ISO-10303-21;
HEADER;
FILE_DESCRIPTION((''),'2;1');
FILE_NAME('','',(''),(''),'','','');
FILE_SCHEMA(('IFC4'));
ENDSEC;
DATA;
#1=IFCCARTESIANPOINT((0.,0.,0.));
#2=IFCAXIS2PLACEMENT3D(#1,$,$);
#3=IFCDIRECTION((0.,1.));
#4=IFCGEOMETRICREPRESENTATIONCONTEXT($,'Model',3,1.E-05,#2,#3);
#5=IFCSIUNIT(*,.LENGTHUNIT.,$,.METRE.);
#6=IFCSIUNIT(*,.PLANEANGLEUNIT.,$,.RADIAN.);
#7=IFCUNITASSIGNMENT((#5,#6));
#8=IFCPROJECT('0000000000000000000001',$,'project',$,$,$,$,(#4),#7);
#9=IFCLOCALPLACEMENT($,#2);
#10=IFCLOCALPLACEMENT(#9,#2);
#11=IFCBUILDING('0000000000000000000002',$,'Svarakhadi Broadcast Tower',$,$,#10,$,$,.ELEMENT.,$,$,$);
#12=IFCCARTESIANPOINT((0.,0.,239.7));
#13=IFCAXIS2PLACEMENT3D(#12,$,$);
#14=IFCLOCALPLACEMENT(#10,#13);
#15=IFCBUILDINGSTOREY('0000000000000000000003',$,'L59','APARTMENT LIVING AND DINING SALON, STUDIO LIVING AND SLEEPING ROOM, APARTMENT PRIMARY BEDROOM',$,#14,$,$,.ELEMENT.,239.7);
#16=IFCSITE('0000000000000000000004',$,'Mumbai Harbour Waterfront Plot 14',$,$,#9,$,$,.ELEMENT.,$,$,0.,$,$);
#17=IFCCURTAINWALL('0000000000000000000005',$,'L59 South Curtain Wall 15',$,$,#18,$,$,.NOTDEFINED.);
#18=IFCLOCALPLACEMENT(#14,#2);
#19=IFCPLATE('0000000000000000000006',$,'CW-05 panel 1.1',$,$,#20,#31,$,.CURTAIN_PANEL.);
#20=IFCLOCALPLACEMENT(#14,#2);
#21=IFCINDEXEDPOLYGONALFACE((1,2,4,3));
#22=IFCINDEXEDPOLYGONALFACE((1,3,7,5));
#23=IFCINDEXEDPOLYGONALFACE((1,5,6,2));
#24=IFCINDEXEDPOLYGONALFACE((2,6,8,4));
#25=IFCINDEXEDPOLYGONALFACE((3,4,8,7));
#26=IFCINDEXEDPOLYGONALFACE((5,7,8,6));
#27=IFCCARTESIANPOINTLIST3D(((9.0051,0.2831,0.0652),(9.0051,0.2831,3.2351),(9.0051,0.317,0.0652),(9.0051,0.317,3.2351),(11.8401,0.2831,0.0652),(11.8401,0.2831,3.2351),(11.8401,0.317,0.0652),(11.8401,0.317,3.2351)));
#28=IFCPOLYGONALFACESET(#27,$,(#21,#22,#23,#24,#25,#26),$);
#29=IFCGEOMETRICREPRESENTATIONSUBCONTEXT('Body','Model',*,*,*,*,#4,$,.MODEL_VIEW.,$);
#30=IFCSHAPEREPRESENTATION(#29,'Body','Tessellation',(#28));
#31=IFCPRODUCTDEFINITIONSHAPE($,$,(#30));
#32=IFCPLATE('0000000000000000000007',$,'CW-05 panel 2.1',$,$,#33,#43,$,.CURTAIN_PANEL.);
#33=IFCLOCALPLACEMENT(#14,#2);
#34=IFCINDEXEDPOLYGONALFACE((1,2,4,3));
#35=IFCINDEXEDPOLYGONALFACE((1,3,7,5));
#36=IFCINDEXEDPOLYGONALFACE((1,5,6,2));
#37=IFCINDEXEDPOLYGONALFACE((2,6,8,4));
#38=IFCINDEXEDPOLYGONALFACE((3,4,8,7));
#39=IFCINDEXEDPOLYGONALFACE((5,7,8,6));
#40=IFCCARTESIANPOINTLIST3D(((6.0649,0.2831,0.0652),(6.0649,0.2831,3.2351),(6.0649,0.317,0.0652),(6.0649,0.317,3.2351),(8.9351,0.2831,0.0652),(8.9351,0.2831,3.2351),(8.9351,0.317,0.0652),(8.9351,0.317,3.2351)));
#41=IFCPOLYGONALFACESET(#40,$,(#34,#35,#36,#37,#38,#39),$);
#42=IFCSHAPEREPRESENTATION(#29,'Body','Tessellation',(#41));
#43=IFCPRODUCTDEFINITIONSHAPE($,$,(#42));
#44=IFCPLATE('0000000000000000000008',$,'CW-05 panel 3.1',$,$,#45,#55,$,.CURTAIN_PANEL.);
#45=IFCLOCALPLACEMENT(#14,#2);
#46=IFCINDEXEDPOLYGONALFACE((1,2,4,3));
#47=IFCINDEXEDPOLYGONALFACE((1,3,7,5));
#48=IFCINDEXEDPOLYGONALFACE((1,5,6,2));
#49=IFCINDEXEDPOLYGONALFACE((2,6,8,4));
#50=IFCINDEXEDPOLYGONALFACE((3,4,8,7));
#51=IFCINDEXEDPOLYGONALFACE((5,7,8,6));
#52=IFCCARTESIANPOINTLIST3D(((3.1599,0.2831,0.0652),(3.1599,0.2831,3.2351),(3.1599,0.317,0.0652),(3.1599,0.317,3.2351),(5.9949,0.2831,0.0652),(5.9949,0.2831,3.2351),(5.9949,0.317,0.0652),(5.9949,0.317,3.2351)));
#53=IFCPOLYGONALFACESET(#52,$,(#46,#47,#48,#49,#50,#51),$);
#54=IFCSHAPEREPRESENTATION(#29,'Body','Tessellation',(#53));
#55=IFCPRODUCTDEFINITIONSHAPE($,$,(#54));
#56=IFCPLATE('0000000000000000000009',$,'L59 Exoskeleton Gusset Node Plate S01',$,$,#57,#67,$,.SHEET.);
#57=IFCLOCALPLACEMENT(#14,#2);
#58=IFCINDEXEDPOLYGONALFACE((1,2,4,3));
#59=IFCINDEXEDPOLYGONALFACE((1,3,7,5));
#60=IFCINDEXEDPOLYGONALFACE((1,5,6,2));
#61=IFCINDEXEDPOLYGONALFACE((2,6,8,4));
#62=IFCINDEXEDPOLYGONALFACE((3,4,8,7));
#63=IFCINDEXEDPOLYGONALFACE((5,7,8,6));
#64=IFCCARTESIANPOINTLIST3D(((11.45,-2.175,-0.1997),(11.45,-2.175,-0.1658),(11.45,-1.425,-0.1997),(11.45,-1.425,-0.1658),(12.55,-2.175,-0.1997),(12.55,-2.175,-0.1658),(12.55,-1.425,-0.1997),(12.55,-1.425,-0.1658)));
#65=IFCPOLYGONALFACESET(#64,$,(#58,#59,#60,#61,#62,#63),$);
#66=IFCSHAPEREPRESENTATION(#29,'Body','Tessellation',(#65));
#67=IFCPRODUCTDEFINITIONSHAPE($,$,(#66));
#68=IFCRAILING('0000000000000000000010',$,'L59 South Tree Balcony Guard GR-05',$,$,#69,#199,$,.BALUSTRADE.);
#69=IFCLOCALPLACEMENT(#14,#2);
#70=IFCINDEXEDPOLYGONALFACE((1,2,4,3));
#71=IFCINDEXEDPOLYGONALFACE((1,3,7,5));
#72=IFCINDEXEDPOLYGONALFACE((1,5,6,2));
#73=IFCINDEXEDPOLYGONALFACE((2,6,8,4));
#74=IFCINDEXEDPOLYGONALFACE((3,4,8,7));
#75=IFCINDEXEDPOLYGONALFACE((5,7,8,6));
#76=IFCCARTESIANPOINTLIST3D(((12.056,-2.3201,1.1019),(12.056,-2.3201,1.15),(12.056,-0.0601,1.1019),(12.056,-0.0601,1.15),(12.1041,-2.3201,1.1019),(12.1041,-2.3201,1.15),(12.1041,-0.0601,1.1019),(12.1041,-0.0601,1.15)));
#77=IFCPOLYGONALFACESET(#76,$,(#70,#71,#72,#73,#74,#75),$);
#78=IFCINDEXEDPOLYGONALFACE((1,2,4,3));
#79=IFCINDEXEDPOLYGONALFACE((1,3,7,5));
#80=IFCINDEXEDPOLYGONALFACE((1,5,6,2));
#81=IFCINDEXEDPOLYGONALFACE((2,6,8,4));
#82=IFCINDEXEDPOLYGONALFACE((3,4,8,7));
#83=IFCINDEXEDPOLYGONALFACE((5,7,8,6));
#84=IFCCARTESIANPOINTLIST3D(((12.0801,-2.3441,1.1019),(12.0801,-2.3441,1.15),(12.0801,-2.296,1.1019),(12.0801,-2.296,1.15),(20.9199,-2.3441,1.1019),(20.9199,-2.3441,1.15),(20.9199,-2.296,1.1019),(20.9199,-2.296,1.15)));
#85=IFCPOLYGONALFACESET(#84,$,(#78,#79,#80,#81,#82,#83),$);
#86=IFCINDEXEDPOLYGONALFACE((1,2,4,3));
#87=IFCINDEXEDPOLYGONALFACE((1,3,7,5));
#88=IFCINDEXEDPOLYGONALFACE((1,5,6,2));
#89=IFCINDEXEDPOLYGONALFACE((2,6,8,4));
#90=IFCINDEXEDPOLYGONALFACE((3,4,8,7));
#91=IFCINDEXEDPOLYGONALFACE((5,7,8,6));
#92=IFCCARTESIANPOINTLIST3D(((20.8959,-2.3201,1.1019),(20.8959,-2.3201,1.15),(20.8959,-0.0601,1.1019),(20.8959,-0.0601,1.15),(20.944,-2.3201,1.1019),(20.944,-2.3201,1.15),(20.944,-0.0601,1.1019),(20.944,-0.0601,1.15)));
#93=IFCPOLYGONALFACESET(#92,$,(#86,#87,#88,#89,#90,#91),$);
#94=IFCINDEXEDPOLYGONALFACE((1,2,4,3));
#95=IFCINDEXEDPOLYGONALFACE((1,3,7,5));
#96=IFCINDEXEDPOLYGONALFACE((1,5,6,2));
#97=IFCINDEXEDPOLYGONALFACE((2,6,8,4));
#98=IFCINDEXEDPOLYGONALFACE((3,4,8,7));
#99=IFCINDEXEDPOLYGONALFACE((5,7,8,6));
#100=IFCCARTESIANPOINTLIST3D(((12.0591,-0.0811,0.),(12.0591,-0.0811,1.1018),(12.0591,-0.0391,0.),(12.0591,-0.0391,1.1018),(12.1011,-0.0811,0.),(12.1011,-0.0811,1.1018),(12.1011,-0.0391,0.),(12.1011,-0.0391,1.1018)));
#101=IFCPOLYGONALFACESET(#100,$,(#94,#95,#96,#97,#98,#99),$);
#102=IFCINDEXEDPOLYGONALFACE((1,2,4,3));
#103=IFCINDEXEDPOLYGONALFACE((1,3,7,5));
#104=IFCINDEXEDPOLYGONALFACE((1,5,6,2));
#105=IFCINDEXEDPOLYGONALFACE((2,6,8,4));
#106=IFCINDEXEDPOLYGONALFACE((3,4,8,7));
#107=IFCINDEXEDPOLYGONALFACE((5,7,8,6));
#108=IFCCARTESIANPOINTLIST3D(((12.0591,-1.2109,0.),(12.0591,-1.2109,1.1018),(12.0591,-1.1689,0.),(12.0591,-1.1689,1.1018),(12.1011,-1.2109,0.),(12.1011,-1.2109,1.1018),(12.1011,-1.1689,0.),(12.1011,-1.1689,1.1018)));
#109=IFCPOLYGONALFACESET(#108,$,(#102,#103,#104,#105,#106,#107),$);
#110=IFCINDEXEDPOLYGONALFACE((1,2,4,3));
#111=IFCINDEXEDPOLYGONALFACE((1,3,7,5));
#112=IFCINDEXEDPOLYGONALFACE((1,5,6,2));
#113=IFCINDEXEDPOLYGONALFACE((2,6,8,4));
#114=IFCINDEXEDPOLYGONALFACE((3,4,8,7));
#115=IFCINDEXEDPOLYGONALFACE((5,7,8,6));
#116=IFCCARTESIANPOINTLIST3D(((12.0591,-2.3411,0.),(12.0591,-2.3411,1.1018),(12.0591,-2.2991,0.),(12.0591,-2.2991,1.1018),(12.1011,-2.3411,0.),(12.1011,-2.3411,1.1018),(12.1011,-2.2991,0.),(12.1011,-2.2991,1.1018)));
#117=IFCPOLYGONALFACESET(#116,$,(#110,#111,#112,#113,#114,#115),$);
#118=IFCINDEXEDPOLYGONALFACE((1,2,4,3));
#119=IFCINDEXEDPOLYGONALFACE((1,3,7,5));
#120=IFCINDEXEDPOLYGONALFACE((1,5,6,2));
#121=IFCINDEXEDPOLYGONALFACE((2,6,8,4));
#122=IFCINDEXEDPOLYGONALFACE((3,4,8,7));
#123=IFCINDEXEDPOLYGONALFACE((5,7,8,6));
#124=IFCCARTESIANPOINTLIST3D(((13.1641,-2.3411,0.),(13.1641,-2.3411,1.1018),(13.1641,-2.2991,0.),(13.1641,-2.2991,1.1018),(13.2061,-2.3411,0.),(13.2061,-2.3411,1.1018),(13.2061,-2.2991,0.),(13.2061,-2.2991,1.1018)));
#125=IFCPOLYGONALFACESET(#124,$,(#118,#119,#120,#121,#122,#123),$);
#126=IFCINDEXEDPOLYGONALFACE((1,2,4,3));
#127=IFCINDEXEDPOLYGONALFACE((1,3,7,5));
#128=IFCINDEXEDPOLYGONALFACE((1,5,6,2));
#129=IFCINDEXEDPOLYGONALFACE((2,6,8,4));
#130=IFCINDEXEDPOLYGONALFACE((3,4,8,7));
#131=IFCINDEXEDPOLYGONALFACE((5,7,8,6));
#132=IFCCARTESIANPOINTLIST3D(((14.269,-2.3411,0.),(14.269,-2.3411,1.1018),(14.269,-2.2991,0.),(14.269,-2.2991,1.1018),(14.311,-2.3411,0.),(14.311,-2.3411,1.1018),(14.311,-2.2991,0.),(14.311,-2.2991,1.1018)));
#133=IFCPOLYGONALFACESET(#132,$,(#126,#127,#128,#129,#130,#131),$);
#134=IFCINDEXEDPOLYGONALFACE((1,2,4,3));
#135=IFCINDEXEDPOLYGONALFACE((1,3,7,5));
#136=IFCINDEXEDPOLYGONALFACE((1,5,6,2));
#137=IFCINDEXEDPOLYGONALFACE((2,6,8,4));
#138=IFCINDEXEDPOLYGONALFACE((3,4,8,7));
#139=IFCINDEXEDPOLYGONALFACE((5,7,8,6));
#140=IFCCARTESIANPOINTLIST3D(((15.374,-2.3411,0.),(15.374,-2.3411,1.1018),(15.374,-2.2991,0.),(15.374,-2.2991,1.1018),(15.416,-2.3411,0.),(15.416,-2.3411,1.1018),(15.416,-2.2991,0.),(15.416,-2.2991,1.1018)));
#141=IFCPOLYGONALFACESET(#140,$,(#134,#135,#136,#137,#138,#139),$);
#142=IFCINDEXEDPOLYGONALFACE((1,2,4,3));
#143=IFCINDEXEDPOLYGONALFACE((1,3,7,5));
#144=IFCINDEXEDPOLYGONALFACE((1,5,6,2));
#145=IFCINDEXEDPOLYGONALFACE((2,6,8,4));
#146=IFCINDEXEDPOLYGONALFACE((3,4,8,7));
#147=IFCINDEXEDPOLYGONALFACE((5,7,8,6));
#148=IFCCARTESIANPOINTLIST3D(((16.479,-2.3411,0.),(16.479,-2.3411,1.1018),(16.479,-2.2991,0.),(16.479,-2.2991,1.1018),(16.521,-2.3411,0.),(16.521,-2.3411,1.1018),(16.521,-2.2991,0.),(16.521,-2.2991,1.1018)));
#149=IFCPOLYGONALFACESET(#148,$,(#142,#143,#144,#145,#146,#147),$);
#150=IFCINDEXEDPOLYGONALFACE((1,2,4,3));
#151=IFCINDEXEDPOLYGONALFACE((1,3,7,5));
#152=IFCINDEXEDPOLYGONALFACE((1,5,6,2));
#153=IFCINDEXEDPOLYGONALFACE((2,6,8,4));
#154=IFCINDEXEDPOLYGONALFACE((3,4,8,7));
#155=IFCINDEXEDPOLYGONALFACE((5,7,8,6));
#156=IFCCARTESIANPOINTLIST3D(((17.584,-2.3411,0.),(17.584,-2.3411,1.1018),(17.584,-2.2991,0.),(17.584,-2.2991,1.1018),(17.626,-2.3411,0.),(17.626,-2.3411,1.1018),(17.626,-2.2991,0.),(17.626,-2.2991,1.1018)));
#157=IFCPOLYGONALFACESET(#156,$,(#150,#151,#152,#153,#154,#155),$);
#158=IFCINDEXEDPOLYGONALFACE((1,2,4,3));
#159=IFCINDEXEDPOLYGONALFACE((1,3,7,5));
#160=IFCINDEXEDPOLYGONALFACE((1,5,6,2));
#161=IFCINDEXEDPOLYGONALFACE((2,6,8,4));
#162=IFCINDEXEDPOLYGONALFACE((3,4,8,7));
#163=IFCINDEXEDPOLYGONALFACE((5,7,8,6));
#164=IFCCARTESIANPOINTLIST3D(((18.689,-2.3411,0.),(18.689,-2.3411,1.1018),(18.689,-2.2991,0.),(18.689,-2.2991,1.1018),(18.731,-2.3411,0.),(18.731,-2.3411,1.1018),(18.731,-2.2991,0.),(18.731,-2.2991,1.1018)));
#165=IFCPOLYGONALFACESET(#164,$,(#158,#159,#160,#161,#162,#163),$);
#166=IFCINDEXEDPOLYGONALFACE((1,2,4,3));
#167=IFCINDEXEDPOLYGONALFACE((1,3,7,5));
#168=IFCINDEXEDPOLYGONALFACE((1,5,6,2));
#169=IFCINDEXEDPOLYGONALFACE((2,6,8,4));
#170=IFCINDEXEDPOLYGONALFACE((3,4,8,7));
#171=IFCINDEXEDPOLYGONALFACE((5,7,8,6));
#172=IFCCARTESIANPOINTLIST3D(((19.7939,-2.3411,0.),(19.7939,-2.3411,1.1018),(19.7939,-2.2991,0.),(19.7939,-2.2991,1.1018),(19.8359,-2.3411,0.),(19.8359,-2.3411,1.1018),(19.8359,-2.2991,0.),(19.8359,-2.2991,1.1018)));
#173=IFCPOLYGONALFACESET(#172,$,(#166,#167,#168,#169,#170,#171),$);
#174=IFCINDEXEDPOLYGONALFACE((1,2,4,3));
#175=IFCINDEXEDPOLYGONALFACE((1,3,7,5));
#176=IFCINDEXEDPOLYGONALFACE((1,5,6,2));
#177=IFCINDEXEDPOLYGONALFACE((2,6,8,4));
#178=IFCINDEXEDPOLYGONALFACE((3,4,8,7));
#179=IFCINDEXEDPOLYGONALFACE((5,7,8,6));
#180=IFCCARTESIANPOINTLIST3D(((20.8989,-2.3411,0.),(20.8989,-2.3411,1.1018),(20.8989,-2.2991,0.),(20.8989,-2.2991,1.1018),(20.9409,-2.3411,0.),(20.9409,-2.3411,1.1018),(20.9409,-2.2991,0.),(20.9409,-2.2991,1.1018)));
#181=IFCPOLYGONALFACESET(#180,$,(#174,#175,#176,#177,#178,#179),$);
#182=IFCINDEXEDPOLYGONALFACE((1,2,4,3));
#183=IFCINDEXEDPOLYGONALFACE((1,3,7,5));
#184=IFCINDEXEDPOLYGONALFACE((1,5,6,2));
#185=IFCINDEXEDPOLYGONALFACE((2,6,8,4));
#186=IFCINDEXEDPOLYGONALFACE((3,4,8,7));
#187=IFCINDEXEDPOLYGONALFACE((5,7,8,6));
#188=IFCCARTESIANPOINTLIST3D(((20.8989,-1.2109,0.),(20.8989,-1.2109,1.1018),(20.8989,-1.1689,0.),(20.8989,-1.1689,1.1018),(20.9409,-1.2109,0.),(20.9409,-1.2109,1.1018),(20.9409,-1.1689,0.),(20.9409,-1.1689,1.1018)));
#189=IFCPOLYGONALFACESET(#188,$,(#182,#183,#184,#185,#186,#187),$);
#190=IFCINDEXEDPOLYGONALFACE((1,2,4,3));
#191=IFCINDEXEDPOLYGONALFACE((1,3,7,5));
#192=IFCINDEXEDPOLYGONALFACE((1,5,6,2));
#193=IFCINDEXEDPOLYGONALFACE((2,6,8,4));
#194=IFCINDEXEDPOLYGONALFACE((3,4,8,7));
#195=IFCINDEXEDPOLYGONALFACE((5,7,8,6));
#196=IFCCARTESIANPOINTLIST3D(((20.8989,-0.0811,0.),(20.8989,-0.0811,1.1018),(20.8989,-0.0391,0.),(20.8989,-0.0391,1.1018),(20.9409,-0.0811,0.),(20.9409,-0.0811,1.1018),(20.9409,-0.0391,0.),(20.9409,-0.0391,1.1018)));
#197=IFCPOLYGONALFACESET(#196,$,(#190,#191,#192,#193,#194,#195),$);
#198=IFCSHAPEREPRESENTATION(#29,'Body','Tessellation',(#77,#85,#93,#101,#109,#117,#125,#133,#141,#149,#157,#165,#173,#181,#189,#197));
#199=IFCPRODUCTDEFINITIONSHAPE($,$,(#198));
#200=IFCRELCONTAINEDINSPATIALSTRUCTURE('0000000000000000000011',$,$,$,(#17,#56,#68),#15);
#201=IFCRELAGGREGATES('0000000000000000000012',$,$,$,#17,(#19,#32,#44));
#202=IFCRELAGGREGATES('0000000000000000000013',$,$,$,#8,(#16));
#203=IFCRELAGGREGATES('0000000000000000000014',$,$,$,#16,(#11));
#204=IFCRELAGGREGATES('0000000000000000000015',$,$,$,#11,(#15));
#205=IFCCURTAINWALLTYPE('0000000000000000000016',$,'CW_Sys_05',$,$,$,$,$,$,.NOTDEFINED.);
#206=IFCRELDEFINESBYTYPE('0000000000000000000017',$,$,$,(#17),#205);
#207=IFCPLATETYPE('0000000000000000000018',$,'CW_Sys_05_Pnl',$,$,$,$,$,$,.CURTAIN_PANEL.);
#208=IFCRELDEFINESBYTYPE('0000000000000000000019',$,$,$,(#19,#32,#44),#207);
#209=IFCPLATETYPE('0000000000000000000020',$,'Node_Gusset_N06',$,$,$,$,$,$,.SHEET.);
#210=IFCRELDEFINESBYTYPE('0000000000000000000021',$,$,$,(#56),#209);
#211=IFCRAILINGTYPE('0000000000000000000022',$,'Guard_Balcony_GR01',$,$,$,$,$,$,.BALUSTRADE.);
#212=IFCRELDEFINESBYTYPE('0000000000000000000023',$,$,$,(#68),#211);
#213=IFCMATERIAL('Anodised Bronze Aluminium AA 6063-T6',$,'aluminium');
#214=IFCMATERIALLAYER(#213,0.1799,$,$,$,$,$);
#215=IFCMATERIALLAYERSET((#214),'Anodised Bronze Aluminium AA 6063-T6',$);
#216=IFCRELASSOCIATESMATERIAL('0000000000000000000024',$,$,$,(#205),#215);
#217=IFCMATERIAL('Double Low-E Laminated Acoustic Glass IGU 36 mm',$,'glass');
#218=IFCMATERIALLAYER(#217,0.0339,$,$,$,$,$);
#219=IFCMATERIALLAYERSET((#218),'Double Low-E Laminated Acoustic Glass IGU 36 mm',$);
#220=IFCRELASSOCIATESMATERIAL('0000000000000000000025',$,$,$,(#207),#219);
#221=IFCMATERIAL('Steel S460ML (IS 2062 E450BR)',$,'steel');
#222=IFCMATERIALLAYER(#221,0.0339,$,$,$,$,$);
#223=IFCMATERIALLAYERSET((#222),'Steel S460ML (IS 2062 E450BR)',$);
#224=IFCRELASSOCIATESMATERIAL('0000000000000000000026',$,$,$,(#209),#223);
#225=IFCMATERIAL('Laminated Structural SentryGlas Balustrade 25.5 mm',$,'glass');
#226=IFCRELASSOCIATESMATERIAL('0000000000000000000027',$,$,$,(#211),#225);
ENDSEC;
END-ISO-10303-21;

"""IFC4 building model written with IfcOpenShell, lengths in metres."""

from ifc_helpers import new_model, si_unit, direction, frame, origin, origin_2d, place, context, subcontext, project, spatial, rectangle, extrude, material, layer, layer_set, type_object, element, aggregate, save


model = new_model("IFC4")

# Units and contexts
model_context = context("Model", 3, precision=1e-05, world=origin(), true_north=direction((0.0, 1.0)))
body_context = subcontext(model_context, "Body", "Model", "MODEL_VIEW")
ifc_project = project(units=[si_unit("LENGTHUNIT", "METRE"), si_unit("PLANEANGLEUNIT", "RADIAN")], contexts=[model_context])

# Site, building, storey
site_placement = place(None, origin())
site = spatial("IfcSite", under=ifc_project, at=site_placement, Name="Mumbai Harbour Waterfront Plot 14", CompositionType="ELEMENT", RefElevation=0.0)
building_placement = place(site_placement, origin())
building = spatial("IfcBuilding", under=site, at=building_placement, Name="Svarakhadi Broadcast Tower", CompositionType="ELEMENT")
storey_placement = place(building_placement, frame((0.0, 0.0, 239.7)))
storey = spatial("IfcBuildingStorey", under=building, at=storey_placement, Name="L59", Description="APARTMENT LIVING AND DINING SALON, STUDIO LIVING AND SLEEPING ROOM, APARTMENT PRIMARY BEDROOM", CompositionType="ELEMENT", Elevation=239.7)

# Shared definitions
ifc_material_1 = material(Name="Steel S460ML (IS 2062 E450BR)", Category="steel")

# Curtain wall
ifc_material_2 = material(Name="Anodised Bronze Aluminium AA 6063-T6", Category="aluminium")
ifc_layer_1 = layer(ifc_material_2, 0.1799)
ifc_layer_set_1 = layer_set([ifc_layer_1], Name="Anodised Bronze Aluminium AA 6063-T6")
curtain_wall_type = type_object("IfcCurtainWallType", Name="CW_Sys_05", PredefinedType="NOTDEFINED", material=ifc_layer_set_1)
curtain_wall_placement = place(storey_placement, origin())
curtain_wall = element("IfcCurtainWall", 1, at=curtain_wall_placement, inside=storey, type_object=curtain_wall_type, Name="L59 South Curtain Wall 15", PredefinedType="NOTDEFINED")

# Plates
ifc_material_3 = material(Name="Double Low-E Laminated Acoustic Glass IGU 36 mm", Category="glass")
ifc_layer_2 = layer(ifc_material_3, 0.0339)
ifc_layer_set_2 = layer_set([ifc_layer_2], Name="Double Low-E Laminated Acoustic Glass IGU 36 mm")
plate_type_1 = type_object("IfcPlateType", Name="CW_Sys_05_Pnl", PredefinedType="CURTAIN_PANEL", material=ifc_layer_set_2)
plate_1_placement = place(storey_placement, frame((10.4226, 0.3, 0.0652), z_axis=(0.0, 0.0, 1.0), x_axis=(-1.0, 0.0, 0.0)))
plate_1 = element("IfcPlate", 2, at=plate_1_placement, type_object=plate_type_1, Name="CW-05 panel 1.1", PredefinedType="CURTAIN_PANEL", context=body_context, shape_type="SweptSolid", body=[
    extrude(rectangle(XDim=2.835, YDim=0.0339, at=origin_2d()), origin(), (0.0, 0.0, 1.0), 3.1699),
])
plate_2_placement = place(storey_placement, frame((7.5, 0.3, 0.0652), z_axis=(0.0, 0.0, 1.0), x_axis=(-1.0, 0.0, 0.0)))
plate_2 = element("IfcPlate", 3, at=plate_2_placement, type_object=plate_type_1, Name="CW-05 panel 2.1", PredefinedType="CURTAIN_PANEL", context=body_context, shape_type="SweptSolid", body=[
    extrude(rectangle(XDim=2.8701, YDim=0.0339, at=origin_2d()), origin(), (0.0, 0.0, 1.0), 3.1699),
])
plate_3_placement = place(storey_placement, frame((4.5774, 0.3, 0.0652), z_axis=(0.0, 0.0, 1.0), x_axis=(-1.0, 0.0, 0.0)))
plate_3 = element("IfcPlate", 4, at=plate_3_placement, type_object=plate_type_1, Name="CW-05 panel 3.1", PredefinedType="CURTAIN_PANEL", context=body_context, shape_type="SweptSolid", body=[
    extrude(rectangle(XDim=2.835, YDim=0.0339, at=origin_2d()), origin(), (0.0, 0.0, 1.0), 3.1699),
])
aggregate(curtain_wall, [plate_1, plate_2, plate_3])
ifc_layer_3 = layer(ifc_material_1, 0.0339)
ifc_layer_set_3 = layer_set([ifc_layer_3], Name="Steel S460ML (IS 2062 E450BR)")
plate_type_2 = type_object("IfcPlateType", Name="Node_Gusset_N06", PredefinedType="SHEET", material=ifc_layer_set_3)
plate_4_placement = place(storey_placement, frame((12.0, -1.8, -0.1997), z_axis=(0.0, 0.0, 1.0), x_axis=(1.0, 0.0, 0.0)))
element("IfcPlate", 5, at=plate_4_placement, inside=storey, type_object=plate_type_2, Name="L59 Exoskeleton Gusset Node Plate S01", PredefinedType="SHEET", context=body_context, shape_type="SweptSolid", body=[
    extrude(rectangle(XDim=1.1001, YDim=0.75, at=origin_2d()), origin(), (0.0, 0.0, 1.0), 0.0339),
])

# Railing
ifc_material_4 = material(Name="Laminated Structural SentryGlas Balustrade 25.5 mm", Category="glass")
railing_type = type_object("IfcRailingType", Name="Guard_Balcony_GR01", PredefinedType="BALUSTRADE", material=ifc_material_4)
railing_placement = place(storey_placement, frame((12.0801, -0.0601, 0.0)))
element("IfcRailing", 6, at=railing_placement, inside=storey, type_object=railing_type, Name="L59 South Tree Balcony Guard GR-05", PredefinedType="BALUSTRADE", context=body_context, shape_type="SweptSolid", body=[
    extrude(rectangle(XDim=0.0481, YDim=0.0481, at=origin_2d()), frame((0.0, 0.0, 1.126), z_axis=(0.0, -1.0, 0.0), x_axis=(1.0, 0.0, 0.0)), (0.0, 0.0, 1.0), 2.26),
    extrude(rectangle(XDim=0.0481, YDim=0.0481, at=origin_2d()), frame((0.0, -2.26, 1.126), z_axis=(1.0, 0.0, 0.0), x_axis=(0.0, 1.0, 0.0)), (0.0, 0.0, 1.0), 8.8398),
    extrude(rectangle(XDim=0.0481, YDim=0.0481, at=origin_2d()), frame((8.8398, -2.26, 1.126), z_axis=(0.0, 1.0, 0.0), x_axis=(-1.0, 0.0, 0.0)), (0.0, 0.0, 1.0), 2.26),
    extrude(rectangle(XDim=0.042, YDim=0.042, at=origin_2d()), origin(), (0.0, 0.0, 1.0), 1.1018),
    extrude(rectangle(XDim=0.042, YDim=0.042, at=origin_2d()), frame((0.0, -1.1299, 0.0)), (0.0, 0.0, 1.0), 1.1018),
    extrude(rectangle(XDim=0.042, YDim=0.042, at=origin_2d()), frame((0.0, -2.26, 0.0)), (0.0, 0.0, 1.0), 1.1018),
    extrude(rectangle(XDim=0.042, YDim=0.042, at=origin_2d()), frame((1.105, -2.26, 0.0)), (0.0, 0.0, 1.0), 1.1018),
    extrude(rectangle(XDim=0.042, YDim=0.042, at=origin_2d()), frame((2.21, -2.26, 0.0)), (0.0, 0.0, 1.0), 1.1018),
    extrude(rectangle(XDim=0.042, YDim=0.042, at=origin_2d()), frame((3.3149, -2.26, 0.0)), (0.0, 0.0, 1.0), 1.1018),
    extrude(rectangle(XDim=0.042, YDim=0.042, at=origin_2d()), frame((4.4199, -2.26, 0.0)), (0.0, 0.0, 1.0), 1.1018),
    extrude(rectangle(XDim=0.042, YDim=0.042, at=origin_2d()), frame((5.5249, -2.26, 0.0)), (0.0, 0.0, 1.0), 1.1018),
    extrude(rectangle(XDim=0.042, YDim=0.042, at=origin_2d()), frame((6.6299, -2.26, 0.0)), (0.0, 0.0, 1.0), 1.1018),
    extrude(rectangle(XDim=0.042, YDim=0.042, at=origin_2d()), frame((7.7349, -2.26, 0.0)), (0.0, 0.0, 1.0), 1.1018),
    extrude(rectangle(XDim=0.042, YDim=0.042, at=origin_2d()), frame((8.8398, -2.26, 0.0)), (0.0, 0.0, 1.0), 1.1018),
    extrude(rectangle(XDim=0.042, YDim=0.042, at=origin_2d()), frame((8.8398, -1.1299, 0.0)), (0.0, 0.0, 1.0), 1.1018),
    extrude(rectangle(XDim=0.042, YDim=0.042, at=origin_2d()), frame((8.8398, 0.0, 0.0)), (0.0, 0.0, 1.0), 1.1018),
])

save(model, "model.ifc")
